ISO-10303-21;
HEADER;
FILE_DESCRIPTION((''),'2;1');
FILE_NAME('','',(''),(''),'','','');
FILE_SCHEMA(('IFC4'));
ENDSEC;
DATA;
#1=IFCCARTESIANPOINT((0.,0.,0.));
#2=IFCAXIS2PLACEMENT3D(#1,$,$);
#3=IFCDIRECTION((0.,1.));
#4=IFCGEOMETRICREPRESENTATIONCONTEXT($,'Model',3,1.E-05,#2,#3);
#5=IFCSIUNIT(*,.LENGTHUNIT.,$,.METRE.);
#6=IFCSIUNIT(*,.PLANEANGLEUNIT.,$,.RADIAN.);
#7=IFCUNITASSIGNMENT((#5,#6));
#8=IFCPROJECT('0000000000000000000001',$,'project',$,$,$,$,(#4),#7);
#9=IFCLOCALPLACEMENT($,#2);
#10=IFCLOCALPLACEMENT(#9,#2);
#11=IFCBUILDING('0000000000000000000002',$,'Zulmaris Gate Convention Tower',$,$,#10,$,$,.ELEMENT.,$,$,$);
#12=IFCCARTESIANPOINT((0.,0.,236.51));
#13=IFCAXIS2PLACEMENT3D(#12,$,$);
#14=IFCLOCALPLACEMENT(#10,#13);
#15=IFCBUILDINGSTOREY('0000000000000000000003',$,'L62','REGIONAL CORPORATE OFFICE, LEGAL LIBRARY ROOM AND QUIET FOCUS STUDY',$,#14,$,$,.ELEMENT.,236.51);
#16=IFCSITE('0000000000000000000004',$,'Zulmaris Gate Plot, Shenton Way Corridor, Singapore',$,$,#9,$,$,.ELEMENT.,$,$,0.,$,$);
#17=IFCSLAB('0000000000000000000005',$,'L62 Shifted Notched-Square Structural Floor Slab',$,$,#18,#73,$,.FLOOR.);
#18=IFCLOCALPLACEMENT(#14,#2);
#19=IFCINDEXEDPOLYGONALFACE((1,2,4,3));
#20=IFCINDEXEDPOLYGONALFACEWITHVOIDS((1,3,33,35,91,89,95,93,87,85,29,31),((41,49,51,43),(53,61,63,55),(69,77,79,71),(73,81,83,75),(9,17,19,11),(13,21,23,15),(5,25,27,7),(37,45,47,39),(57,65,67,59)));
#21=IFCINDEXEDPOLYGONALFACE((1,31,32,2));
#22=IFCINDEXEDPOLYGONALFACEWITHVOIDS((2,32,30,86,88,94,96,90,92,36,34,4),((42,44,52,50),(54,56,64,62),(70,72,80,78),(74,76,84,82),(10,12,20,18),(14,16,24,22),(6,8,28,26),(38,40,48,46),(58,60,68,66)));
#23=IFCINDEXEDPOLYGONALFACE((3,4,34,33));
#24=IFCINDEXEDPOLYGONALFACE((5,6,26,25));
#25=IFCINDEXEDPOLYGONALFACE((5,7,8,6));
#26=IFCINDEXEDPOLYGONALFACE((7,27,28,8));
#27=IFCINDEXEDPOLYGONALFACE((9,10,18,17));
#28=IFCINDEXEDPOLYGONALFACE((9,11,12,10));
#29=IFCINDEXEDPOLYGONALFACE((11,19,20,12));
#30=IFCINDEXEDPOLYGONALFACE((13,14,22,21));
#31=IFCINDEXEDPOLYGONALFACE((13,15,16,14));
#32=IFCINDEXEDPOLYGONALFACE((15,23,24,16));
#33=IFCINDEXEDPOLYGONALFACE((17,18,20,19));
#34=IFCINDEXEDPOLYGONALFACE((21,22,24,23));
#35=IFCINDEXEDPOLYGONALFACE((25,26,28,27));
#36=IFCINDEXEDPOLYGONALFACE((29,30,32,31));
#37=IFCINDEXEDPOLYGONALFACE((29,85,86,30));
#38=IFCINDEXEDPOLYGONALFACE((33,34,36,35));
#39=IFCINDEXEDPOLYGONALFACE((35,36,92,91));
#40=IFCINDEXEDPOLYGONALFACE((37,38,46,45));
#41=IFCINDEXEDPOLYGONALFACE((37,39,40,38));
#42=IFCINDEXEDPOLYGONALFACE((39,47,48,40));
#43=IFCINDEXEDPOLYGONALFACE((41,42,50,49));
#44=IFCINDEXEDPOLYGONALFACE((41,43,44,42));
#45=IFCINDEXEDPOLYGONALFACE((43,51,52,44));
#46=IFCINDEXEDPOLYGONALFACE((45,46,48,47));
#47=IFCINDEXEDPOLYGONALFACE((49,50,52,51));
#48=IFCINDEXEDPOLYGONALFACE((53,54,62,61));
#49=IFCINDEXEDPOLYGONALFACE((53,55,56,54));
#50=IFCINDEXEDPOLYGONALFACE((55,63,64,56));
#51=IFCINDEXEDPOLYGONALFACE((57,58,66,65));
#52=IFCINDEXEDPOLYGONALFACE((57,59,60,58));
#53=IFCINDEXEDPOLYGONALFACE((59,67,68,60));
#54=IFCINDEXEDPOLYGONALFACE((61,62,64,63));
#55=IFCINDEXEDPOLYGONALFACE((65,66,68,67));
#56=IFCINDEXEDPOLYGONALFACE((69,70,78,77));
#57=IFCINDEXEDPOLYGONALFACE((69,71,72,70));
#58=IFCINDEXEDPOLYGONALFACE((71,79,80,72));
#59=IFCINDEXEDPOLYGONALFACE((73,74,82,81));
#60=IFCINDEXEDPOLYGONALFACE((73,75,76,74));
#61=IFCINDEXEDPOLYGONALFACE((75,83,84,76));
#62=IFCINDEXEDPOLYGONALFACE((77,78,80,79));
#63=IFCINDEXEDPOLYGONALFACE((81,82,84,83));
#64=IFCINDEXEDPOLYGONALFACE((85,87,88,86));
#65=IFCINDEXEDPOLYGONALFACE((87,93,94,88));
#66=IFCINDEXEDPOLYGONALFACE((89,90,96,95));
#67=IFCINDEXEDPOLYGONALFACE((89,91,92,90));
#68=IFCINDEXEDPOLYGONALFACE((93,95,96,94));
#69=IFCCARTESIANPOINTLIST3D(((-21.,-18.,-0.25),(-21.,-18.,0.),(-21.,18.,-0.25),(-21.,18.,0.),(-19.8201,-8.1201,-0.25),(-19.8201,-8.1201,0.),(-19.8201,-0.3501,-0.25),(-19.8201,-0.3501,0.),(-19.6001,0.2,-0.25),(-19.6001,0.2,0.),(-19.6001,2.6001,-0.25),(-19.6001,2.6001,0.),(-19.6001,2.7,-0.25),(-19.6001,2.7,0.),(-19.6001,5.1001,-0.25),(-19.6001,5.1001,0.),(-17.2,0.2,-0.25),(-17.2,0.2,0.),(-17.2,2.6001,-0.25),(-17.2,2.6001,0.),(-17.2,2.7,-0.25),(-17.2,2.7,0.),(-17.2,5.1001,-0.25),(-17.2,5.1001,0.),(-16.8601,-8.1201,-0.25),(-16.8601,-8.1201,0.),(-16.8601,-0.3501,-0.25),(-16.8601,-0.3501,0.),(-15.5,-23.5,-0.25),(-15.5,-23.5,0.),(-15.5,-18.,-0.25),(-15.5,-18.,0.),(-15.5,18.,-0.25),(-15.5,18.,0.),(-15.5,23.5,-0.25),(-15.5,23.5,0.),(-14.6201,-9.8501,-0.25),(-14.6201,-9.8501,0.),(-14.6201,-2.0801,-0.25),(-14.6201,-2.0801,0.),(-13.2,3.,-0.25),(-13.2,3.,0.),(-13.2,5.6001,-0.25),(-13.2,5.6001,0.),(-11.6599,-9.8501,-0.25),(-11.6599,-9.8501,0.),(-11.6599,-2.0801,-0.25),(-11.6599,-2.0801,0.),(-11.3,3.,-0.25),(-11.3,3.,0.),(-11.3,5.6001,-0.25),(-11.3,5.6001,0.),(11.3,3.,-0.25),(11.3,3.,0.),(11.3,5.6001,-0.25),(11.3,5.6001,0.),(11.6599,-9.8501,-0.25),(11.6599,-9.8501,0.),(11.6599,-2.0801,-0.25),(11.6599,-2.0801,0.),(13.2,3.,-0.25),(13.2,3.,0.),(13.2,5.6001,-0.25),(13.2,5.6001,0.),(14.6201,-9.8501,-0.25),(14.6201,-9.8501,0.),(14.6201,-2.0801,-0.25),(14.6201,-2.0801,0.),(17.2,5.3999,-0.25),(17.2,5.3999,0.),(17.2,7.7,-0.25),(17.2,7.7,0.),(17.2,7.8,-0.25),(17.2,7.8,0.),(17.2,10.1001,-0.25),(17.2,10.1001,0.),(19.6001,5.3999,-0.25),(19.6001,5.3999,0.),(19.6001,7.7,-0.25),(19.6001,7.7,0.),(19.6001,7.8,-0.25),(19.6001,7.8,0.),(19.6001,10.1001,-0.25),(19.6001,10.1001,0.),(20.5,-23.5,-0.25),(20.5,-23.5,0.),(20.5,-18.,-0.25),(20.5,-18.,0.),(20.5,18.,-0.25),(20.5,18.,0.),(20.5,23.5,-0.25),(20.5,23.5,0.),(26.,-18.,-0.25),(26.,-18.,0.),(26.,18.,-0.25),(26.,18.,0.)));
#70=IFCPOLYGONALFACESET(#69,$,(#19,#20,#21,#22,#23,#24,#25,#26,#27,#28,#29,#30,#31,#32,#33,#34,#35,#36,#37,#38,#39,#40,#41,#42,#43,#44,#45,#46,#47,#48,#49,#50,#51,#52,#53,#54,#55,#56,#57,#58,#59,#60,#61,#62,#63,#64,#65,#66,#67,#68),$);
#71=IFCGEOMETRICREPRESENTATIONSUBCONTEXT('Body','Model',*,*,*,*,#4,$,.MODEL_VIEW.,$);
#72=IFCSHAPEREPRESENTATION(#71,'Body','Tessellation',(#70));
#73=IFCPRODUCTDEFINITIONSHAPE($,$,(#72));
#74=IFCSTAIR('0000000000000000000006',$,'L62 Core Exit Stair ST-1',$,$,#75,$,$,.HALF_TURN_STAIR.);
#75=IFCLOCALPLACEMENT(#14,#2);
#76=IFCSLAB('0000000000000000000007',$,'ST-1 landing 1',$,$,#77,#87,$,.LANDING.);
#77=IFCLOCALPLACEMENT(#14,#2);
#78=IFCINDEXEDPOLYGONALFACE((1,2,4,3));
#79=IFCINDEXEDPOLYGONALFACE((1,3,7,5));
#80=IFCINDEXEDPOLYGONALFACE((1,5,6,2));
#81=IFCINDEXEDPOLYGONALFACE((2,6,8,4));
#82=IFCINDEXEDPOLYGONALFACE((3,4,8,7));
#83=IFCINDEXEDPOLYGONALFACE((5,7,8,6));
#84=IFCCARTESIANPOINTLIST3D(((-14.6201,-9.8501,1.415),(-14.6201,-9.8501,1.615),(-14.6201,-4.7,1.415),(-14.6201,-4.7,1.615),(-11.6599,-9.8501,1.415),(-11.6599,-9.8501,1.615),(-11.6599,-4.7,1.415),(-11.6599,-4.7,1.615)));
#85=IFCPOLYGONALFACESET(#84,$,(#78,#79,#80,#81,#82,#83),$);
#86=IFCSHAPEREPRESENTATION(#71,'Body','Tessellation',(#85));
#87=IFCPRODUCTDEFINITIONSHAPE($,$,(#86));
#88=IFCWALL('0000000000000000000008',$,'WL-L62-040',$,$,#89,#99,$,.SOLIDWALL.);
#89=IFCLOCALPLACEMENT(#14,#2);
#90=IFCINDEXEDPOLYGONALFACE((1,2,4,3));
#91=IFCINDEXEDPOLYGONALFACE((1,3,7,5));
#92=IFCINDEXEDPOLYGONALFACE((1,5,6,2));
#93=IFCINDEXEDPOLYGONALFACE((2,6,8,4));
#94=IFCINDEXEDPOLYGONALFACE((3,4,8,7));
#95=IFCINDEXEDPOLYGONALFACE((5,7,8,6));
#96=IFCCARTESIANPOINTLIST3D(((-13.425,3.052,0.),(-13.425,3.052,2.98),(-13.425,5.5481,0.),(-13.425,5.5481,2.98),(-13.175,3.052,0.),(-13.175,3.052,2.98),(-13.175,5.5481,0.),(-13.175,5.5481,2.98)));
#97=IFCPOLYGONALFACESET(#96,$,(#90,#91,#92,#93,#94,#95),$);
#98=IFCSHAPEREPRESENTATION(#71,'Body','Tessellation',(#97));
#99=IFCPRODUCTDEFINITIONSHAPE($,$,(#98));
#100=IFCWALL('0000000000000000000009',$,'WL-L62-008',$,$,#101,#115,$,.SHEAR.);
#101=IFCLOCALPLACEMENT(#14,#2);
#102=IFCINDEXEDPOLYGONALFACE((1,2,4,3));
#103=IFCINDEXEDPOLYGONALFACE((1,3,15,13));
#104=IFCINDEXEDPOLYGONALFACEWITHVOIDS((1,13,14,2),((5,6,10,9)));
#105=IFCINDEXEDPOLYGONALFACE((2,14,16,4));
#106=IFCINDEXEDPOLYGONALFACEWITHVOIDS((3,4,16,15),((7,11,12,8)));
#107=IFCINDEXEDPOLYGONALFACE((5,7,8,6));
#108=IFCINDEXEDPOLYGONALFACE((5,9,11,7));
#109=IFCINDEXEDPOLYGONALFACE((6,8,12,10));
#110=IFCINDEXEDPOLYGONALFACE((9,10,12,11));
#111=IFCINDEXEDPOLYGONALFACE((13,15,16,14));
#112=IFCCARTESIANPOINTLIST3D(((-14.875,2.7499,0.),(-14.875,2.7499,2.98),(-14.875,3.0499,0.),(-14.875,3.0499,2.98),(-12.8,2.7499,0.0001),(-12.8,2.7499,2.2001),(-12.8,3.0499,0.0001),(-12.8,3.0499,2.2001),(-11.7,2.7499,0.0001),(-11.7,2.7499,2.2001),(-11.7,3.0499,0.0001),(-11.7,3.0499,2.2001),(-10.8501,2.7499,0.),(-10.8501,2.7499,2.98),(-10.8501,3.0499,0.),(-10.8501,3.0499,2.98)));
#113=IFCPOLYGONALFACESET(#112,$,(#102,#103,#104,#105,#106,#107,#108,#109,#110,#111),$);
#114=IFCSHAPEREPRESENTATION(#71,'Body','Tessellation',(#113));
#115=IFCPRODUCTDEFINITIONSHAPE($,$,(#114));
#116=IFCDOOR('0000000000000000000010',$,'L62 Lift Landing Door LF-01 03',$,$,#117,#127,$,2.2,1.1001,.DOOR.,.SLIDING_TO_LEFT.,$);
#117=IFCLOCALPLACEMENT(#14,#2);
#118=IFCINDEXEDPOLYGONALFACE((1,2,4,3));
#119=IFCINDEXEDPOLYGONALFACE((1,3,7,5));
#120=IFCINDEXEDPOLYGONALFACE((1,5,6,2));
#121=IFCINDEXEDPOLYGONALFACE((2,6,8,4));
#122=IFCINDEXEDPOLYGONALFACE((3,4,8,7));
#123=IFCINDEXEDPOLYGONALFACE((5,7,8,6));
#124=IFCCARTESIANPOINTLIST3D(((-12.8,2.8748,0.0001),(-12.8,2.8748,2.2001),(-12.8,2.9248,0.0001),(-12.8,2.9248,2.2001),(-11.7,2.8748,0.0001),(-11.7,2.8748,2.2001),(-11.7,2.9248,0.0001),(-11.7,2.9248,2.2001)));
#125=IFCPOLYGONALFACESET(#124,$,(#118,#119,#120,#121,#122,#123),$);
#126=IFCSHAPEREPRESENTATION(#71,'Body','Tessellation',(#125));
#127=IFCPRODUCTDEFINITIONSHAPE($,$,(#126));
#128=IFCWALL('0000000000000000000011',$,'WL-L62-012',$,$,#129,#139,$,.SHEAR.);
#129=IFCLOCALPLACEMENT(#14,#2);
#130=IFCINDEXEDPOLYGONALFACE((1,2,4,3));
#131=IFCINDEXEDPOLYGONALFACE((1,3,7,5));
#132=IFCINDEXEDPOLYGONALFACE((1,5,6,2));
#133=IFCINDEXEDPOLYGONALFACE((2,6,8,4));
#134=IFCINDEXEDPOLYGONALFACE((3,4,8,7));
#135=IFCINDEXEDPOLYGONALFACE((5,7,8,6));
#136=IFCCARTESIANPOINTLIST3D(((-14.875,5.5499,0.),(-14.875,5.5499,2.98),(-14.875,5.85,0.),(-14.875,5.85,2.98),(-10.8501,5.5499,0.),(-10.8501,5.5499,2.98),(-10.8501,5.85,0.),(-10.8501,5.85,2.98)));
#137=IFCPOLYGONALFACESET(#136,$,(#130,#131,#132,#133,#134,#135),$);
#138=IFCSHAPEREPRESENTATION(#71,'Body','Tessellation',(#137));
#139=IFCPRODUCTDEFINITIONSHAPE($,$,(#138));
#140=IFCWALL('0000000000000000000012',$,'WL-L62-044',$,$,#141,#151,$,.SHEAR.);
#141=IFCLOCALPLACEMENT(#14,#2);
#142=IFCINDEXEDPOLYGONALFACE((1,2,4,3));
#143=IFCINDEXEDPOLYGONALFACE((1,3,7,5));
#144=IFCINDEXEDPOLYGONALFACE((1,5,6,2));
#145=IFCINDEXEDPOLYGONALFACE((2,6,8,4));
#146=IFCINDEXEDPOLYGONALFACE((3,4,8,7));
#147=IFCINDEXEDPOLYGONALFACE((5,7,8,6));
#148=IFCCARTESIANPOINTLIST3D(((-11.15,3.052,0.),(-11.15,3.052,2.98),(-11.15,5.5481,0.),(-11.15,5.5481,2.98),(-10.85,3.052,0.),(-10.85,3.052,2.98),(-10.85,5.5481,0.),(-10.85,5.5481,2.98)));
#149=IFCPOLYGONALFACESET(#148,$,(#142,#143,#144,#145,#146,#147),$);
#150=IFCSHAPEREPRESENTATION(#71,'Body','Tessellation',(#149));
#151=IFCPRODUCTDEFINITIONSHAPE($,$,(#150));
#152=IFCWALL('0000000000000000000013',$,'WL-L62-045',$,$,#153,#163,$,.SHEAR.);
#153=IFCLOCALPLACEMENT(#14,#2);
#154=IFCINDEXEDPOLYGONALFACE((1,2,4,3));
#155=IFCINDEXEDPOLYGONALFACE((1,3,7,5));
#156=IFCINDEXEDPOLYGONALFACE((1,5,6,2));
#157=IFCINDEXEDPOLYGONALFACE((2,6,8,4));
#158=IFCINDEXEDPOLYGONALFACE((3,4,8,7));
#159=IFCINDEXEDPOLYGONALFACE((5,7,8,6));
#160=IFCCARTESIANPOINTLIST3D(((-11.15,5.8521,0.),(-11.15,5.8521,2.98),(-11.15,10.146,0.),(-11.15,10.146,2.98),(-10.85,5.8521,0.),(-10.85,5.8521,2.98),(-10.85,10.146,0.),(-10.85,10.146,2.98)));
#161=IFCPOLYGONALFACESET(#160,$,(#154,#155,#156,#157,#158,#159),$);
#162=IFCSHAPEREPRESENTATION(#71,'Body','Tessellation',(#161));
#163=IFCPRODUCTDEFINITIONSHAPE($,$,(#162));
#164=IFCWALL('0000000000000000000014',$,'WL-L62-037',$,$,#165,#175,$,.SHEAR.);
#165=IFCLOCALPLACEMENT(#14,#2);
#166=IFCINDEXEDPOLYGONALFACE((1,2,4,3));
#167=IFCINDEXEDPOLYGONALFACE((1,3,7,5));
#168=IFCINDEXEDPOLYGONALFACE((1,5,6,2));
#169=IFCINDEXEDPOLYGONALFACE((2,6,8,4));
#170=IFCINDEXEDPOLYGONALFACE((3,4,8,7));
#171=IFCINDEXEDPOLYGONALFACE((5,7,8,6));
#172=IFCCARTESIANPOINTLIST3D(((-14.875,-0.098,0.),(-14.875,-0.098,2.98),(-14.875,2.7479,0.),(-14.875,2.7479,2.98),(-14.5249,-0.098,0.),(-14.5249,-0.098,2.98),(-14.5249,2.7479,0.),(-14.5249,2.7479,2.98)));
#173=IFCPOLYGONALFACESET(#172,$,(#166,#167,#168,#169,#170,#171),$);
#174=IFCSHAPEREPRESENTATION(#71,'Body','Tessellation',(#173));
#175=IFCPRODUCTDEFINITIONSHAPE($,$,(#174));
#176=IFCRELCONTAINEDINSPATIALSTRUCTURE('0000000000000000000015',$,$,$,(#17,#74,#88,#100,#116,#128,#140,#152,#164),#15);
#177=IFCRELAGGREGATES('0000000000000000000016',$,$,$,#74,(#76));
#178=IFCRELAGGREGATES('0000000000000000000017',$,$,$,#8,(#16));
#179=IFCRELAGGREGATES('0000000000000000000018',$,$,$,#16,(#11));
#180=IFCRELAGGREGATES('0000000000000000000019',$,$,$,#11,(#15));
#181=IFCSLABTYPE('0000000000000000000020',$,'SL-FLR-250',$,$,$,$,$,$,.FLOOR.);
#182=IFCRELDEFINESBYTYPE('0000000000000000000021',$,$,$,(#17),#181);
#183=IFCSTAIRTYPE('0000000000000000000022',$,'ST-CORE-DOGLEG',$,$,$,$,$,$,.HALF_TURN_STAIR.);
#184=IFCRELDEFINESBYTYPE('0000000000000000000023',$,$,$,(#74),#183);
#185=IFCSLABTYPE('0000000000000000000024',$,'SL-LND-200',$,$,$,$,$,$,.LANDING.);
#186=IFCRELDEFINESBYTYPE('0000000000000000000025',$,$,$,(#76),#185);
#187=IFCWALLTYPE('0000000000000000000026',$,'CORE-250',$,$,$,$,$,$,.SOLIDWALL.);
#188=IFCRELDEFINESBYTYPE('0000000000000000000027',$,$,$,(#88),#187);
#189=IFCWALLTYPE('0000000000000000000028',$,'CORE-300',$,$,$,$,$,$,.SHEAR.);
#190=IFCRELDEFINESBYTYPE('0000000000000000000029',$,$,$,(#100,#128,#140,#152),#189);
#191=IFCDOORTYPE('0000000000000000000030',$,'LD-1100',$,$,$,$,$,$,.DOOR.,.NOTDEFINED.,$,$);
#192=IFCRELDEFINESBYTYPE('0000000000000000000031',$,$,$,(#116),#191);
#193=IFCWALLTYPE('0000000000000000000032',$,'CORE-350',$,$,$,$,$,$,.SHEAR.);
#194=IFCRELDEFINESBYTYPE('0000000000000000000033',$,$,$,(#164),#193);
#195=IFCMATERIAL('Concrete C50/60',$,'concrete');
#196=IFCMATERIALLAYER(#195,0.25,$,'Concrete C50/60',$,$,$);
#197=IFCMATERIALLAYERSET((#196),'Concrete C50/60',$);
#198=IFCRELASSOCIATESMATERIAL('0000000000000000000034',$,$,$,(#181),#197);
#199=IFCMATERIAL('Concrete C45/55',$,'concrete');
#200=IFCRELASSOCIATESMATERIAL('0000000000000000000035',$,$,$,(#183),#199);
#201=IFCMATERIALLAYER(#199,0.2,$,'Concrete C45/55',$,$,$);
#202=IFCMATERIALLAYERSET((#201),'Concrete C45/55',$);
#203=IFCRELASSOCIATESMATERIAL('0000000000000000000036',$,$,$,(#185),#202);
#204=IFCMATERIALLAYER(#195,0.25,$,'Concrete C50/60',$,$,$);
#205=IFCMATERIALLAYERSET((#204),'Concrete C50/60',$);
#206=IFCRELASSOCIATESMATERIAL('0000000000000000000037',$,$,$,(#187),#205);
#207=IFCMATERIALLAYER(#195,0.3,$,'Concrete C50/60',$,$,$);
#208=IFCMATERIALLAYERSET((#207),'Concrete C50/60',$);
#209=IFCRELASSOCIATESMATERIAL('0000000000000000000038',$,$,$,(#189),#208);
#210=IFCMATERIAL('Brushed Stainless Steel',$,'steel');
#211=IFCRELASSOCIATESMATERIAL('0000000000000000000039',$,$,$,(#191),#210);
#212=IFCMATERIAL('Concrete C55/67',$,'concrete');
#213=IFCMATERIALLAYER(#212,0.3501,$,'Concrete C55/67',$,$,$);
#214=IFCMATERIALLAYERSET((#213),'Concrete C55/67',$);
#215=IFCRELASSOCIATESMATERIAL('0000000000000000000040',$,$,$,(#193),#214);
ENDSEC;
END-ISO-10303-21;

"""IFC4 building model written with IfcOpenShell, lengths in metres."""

from ifc_helpers import new_model, si_unit, direction, frame, frame_2d, origin, place, context, subcontext, project, spatial, polyline, rectangle, outline, extrude, material, layer, layer_set, type_object, element, fill, aggregate, save


model = new_model("IFC4")

# Units and contexts
model_context = context("Model", 3, precision=1e-05, world=origin(), true_north=direction((0.0, 1.0)))
body_context = subcontext(model_context, "Body", "Model", "MODEL_VIEW")
ifc_project = project(units=[si_unit("LENGTHUNIT", "METRE"), si_unit("PLANEANGLEUNIT", "RADIAN")], contexts=[model_context])

# Site, building, storey
site_placement = place(None, origin())
site = spatial("IfcSite", under=ifc_project, at=site_placement, Name="Zulmaris Gate Plot, Shenton Way Corridor, Singapore", CompositionType="ELEMENT", RefElevation=0.0)
building_placement = place(site_placement, origin())
building = spatial("IfcBuilding", under=site, at=building_placement, Name="Zulmaris Gate Convention Tower", CompositionType="ELEMENT")
storey_placement = place(building_placement, frame((0.0, 0.0, 236.51)))
storey = spatial("IfcBuildingStorey", under=building, at=storey_placement, Name="L62", Description="REGIONAL CORPORATE OFFICE, LEGAL LIBRARY ROOM AND QUIET FOCUS STUDY", CompositionType="ELEMENT", Elevation=236.51)

# Shared definitions
ifc_material_1 = material(Name="Concrete C50/60", Category="concrete")

# Slab
ifc_layer_1 = layer(ifc_material_1, 0.25, Name="Concrete C50/60")
ifc_layer_set_1 = layer_set([ifc_layer_1], Name="Concrete C50/60")
slab_type_1 = type_object("IfcSlabType", Name="SL-FLR-250", PredefinedType="FLOOR", material=ifc_layer_set_1)
slab_1_placement = place(storey_placement, frame((0.0, 0.0, -0.25)))
element("IfcSlab", 1, at=slab_1_placement, inside=storey, type_object=slab_type_1, Name="L62 Shifted Notched-Square Structural Floor Slab", PredefinedType="FLOOR", context=body_context, shape_type="SweptSolid", body=[
    extrude(outline(polyline([(-15.5, -23.5), (20.5, -23.5), (20.5, -18.0), (26.0, -18.0), (26.0, 18.0), (20.5, 18.0), (20.5, 23.5), (-15.5, 23.5), (-15.5, 18.0), (-21.0, 18.0), (-21.0, -18.0), (-15.5, -18.0), (-15.5, -23.5)]), holes=[polyline([(-14.6201, -2.0801), (-14.6201, -9.8501), (-11.6599, -9.8501), (-11.6599, -2.0801), (-14.6201, -2.0801)]), polyline([(11.6599, -2.0801), (11.6599, -9.8501), (14.6201, -9.8501), (14.6201, -2.0801), (11.6599, -2.0801)]), polyline([(-16.8601, -8.1201), (-16.8601, -0.3501), (-19.8201, -0.3501), (-19.8201, -8.1201), (-16.8601, -8.1201)]), polyline([(-13.2, 3.0), (-11.3, 3.0), (-11.3, 5.6001), (-13.2, 5.6001), (-13.2, 3.0)]), polyline([(11.3, 3.0), (13.2, 3.0), (13.2, 5.6001), (11.3, 5.6001), (11.3, 3.0)]), polyline([(17.2, 5.3999), (19.6001, 5.3999), (19.6001, 7.7), (17.2, 7.7), (17.2, 5.3999)]), polyline([(17.2, 7.8), (19.6001, 7.8), (19.6001, 10.1001), (17.2, 10.1001), (17.2, 7.8)]), polyline([(-19.6001, 0.2), (-17.2, 0.2), (-17.2, 2.6001), (-19.6001, 2.6001), (-19.6001, 0.2)]), polyline([(-19.6001, 2.7), (-17.2, 2.7), (-17.2, 5.1001), (-19.6001, 5.1001), (-19.6001, 2.7)])]), origin(), (0.0, 0.0, 1.0), 0.25),
])

# Stair, slab
ifc_material_2 = material(Name="Concrete C45/55", Category="concrete")
stair_type = type_object("IfcStairType", Name="ST-CORE-DOGLEG", PredefinedType="HALF_TURN_STAIR", material=ifc_material_2)
stair_placement = place(storey_placement, origin())
stair = element("IfcStair", 2, at=stair_placement, inside=storey, type_object=stair_type, Name="L62 Core Exit Stair ST-1", PredefinedType="HALF_TURN_STAIR")
ifc_layer_2 = layer(ifc_material_2, 0.2, Name="Concrete C45/55")
ifc_layer_set_2 = layer_set([ifc_layer_2], Name="Concrete C45/55")
slab_type_2 = type_object("IfcSlabType", Name="SL-LND-200", PredefinedType="LANDING", material=ifc_layer_set_2)
slab_2_placement = place(storey_placement, frame((0.0, 0.0, 1.415)))
slab_2 = element("IfcSlab", 3, at=slab_2_placement, type_object=slab_type_2, Name="ST-1 landing 1", PredefinedType="LANDING", context=body_context, shape_type="SweptSolid", body=[
    extrude(outline(polyline([(-14.6201, -4.7), (-14.6201, -9.8501), (-11.6599, -9.8501), (-11.6599, -4.7), (-14.6201, -4.7)])), origin(), (0.0, 0.0, 1.0), 0.2),
])
aggregate(stair, [slab_2])

# Wall
ifc_layer_3 = layer(ifc_material_1, 0.25, Name="Concrete C50/60")
ifc_layer_set_3 = layer_set([ifc_layer_3], Name="Concrete C50/60")
wall_type_1 = type_object("IfcWallType", Name="CORE-250", PredefinedType="SOLIDWALL", material=ifc_layer_set_3)
wall_1_placement = place(storey_placement, frame((-13.3, 3.052, 0.0), z_axis=(0.0, 0.0, 1.0), x_axis=(0.0, 1.0, 0.0)))
element("IfcWall", 4, at=wall_1_placement, inside=storey, type_object=wall_type_1, Name="WL-L62-040", PredefinedType="SOLIDWALL", context=body_context, shape_type="SweptSolid", body=[
    extrude(rectangle(XDim=2.4961, YDim=0.25, at=frame_2d((1.248, 0.0))), origin(), (0.0, 0.0, 1.0), 2.98),
])

# Wall, opening, door
ifc_layer_4 = layer(ifc_material_1, 0.3, Name="Concrete C50/60")
ifc_layer_set_4 = layer_set([ifc_layer_4], Name="Concrete C50/60")
wall_type_2 = type_object("IfcWallType", Name="CORE-300", PredefinedType="SHEAR", material=ifc_layer_set_4)
wall_2_placement = place(storey_placement, frame((-14.875, 2.8999, 0.0), z_axis=(0.0, 0.0, 1.0), x_axis=(1.0, 0.0, 0.0)))
wall_2 = element("IfcWall", 5, at=wall_2_placement, inside=storey, type_object=wall_type_2, Name="WL-L62-008", PredefinedType="SHEAR", context=body_context, shape_type="SweptSolid", body=[
    extrude(rectangle(XDim=4.0249, YDim=0.3, at=frame_2d((2.0125, 0.0))), origin(), (0.0, 0.0, 1.0), 2.98),
])
opening_1_placement = place(wall_2_placement, frame((2.075, 0.0, 0.0)))
opening_1 = element("IfcOpeningElement", 6, at=opening_1_placement, cuts=wall_2, PredefinedType="OPENING", context=body_context, shape_type="SweptSolid", body=[
    extrude(rectangle(XDim=1.1001, YDim=2.2, at=frame_2d((0.55, 1.1001))), frame((0.0, 0.1602, 0.0), z_axis=(0.0, -1.0, 0.0), x_axis=(1.0, 0.0, 0.0)), (0.0, 0.0, 1.0), 0.3201),
])
ifc_material_3 = material(Name="Brushed Stainless Steel", Category="steel")
door_type_1 = type_object("IfcDoorType", Name="LD-1100", OperationType="NOTDEFINED", PredefinedType="DOOR", material=ifc_material_3)
door_1_placement = place(opening_1_placement, origin())
door_1 = element("IfcDoor", 7, at=door_1_placement, inside=storey, type_object=door_type_1, Name="L62 Lift Landing Door LF-01 03", OperationType="SLIDING_TO_LEFT", OverallHeight=2.2, OverallWidth=1.1001, PredefinedType="DOOR", context=body_context, shape_type="SweptSolid", body=[
    extrude(rectangle(XDim=1.1001, YDim=2.2, at=frame_2d((0.55, 1.1001))), frame((0.0, 0.0249, 0.0), z_axis=(0.0, -1.0, 0.0), x_axis=(1.0, 0.0, 0.0)), (0.0, 0.0, 1.0), 0.05),
])
fill(opening_1, door_1)

# Wall
wall_3_placement = place(storey_placement, frame((-14.875, 5.7, 0.0), z_axis=(0.0, 0.0, 1.0), x_axis=(1.0, 0.0, 0.0)))
element("IfcWall", 8, at=wall_3_placement, inside=storey, type_object=wall_type_2, Name="WL-L62-012", PredefinedType="SHEAR", context=body_context, shape_type="SweptSolid", body=[
    extrude(rectangle(XDim=4.0249, YDim=0.3, at=frame_2d((2.0125, 0.0))), origin(), (0.0, 0.0, 1.0), 2.98),
])

# Walls
wall_4_placement = place(storey_placement, frame((-11.0, 3.052, 0.0), z_axis=(0.0, 0.0, 1.0), x_axis=(0.0, 1.0, 0.0)))
element("IfcWall", 9, at=wall_4_placement, inside=storey, type_object=wall_type_2, Name="WL-L62-044", PredefinedType="SHEAR", context=body_context, shape_type="SweptSolid", body=[
    extrude(rectangle(XDim=2.4961, YDim=0.3, at=frame_2d((1.248, 0.0))), origin(), (0.0, 0.0, 1.0), 2.98),
])
wall_5_placement = place(storey_placement, frame((-11.0, 5.8521, 0.0), z_axis=(0.0, 0.0, 1.0), x_axis=(0.0, 1.0, 0.0)))
element("IfcWall", 10, at=wall_5_placement, inside=storey, type_object=wall_type_2, Name="WL-L62-045", PredefinedType="SHEAR", context=body_context, shape_type="SweptSolid", body=[
    extrude(rectangle(XDim=4.2939, YDim=0.3, at=frame_2d((2.147, 0.0))), origin(), (0.0, 0.0, 1.0), 2.98),
])
ifc_material_4 = material(Name="Concrete C55/67", Category="concrete")
ifc_layer_5 = layer(ifc_material_4, 0.3501, Name="Concrete C55/67")
ifc_layer_set_5 = layer_set([ifc_layer_5], Name="Concrete C55/67")
wall_type_3 = type_object("IfcWallType", Name="CORE-350", PredefinedType="SHEAR", material=ifc_layer_set_5)
wall_6_placement = place(storey_placement, frame((-14.7, -0.0979, 0.0), z_axis=(0.0, 0.0, 1.0), x_axis=(0.0, 1.0, 0.0)))
element("IfcWall", 11, at=wall_6_placement, inside=storey, type_object=wall_type_3, Name="WL-L62-037", PredefinedType="SHEAR", context=body_context, shape_type="SweptSolid", body=[
    extrude(rectangle(XDim=2.8459, YDim=0.3501, at=frame_2d((1.4229, 0.0))), origin(), (0.0, 0.0, 1.0), 2.98),
])

save(model, "model.ifc")
